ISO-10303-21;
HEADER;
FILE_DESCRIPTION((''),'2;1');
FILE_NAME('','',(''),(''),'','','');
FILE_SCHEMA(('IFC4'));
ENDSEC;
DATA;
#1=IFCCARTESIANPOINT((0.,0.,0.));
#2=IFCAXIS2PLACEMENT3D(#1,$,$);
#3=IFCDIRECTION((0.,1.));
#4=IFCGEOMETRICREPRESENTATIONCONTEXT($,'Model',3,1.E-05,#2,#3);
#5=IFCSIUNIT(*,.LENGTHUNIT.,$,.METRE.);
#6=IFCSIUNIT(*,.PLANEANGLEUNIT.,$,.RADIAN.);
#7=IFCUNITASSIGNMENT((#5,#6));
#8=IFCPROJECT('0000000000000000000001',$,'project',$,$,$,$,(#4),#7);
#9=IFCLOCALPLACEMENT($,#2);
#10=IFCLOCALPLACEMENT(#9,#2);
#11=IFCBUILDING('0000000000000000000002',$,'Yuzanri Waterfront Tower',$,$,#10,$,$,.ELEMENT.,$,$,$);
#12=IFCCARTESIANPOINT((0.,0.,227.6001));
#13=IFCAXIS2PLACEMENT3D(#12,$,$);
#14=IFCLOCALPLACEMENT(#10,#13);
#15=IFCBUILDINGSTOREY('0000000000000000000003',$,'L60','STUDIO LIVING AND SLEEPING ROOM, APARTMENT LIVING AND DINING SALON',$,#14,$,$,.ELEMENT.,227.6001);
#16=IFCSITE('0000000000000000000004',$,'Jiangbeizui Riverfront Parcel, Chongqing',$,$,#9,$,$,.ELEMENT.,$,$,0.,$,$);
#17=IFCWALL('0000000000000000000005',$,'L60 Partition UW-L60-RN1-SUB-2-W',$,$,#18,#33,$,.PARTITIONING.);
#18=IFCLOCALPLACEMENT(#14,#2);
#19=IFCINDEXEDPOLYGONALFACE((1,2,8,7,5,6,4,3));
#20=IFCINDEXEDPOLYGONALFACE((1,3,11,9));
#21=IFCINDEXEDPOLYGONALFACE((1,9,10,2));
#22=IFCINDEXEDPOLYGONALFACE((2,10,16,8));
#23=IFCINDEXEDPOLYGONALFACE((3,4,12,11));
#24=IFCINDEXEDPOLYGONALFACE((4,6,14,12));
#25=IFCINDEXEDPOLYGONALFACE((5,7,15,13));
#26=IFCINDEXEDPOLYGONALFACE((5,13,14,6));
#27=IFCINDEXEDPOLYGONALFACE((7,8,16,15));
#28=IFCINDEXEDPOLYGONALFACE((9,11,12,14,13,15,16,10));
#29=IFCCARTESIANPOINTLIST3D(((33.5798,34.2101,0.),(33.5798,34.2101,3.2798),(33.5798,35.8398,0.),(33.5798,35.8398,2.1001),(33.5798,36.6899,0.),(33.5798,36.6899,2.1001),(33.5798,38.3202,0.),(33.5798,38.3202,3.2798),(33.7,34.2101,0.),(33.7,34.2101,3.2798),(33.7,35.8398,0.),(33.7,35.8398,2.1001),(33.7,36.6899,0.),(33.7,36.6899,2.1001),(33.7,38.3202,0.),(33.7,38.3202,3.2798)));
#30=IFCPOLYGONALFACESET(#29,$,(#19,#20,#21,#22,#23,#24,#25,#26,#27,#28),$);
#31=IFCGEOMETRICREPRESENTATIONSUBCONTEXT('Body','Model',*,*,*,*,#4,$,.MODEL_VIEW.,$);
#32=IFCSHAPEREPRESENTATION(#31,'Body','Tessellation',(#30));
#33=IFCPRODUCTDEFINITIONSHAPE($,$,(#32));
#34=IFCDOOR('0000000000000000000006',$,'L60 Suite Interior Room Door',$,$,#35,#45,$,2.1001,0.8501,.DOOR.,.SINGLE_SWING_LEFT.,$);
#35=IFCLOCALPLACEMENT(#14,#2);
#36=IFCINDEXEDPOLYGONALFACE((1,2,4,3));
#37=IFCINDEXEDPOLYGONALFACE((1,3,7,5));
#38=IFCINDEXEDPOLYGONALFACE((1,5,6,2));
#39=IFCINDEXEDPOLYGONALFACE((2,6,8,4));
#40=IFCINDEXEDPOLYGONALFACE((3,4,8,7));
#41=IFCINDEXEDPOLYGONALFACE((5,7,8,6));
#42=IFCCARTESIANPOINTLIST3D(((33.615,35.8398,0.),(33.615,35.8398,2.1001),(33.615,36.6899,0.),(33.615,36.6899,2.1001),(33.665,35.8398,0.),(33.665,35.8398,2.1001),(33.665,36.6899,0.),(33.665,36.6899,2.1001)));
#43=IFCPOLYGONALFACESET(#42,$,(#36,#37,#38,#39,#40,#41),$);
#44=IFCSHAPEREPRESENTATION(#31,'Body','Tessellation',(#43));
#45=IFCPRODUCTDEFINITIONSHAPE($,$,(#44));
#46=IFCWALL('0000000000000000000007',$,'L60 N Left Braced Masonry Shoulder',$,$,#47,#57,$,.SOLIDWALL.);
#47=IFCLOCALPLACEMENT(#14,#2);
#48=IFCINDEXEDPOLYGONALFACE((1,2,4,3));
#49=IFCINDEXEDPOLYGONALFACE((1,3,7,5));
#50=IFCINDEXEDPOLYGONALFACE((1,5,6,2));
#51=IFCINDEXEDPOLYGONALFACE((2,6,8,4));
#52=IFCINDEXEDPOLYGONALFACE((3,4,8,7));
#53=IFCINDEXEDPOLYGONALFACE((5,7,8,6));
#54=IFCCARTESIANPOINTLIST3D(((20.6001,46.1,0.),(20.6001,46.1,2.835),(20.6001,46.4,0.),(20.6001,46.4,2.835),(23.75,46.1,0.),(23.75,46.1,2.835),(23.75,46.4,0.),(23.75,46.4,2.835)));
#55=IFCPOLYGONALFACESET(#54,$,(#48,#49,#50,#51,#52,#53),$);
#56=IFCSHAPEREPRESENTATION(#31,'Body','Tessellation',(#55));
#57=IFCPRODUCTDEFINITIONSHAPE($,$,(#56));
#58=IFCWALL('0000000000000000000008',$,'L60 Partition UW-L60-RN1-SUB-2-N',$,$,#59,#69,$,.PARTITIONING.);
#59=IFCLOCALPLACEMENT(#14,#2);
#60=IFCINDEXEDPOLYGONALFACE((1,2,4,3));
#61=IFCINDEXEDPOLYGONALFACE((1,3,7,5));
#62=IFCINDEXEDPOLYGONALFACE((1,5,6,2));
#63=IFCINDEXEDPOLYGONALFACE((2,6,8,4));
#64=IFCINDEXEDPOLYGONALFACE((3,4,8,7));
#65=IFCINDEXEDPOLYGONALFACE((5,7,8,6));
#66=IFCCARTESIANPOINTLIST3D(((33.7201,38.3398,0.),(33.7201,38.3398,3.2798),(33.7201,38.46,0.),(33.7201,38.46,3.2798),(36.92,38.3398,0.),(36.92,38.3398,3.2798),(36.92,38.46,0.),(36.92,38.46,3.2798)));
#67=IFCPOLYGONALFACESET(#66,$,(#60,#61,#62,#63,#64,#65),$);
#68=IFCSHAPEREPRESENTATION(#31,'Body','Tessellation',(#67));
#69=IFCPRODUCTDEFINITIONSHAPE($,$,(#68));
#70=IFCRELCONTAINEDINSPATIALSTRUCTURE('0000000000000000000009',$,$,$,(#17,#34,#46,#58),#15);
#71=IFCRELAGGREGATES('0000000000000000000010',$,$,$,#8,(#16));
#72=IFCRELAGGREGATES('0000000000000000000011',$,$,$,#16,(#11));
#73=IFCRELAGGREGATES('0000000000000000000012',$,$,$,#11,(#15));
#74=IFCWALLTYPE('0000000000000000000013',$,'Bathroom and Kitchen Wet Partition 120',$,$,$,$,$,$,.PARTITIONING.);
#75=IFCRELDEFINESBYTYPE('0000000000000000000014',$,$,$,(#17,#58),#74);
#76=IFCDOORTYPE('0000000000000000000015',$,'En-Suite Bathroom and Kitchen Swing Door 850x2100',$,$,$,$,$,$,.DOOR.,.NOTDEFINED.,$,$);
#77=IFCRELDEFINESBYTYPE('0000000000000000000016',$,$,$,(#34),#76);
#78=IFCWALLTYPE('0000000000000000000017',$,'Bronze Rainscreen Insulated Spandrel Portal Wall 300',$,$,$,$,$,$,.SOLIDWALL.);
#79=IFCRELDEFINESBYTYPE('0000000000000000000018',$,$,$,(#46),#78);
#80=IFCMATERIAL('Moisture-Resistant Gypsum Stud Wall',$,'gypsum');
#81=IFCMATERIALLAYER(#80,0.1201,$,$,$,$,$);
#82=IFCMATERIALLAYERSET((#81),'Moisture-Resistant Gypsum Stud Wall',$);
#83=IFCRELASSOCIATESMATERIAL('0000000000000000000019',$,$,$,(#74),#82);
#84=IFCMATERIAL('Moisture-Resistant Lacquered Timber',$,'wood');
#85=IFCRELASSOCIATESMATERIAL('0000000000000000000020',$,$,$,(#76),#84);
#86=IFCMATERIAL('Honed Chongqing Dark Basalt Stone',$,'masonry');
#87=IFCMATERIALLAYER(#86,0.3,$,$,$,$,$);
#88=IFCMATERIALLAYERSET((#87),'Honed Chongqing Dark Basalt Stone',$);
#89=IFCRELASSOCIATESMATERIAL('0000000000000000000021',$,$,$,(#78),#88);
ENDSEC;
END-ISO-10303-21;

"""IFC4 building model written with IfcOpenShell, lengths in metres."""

from ifc_helpers import new_model, si_unit, direction, frame, frame_2d, origin, place, context, subcontext, project, spatial, rectangle, extrude, source, transform, mapped, material, layer, layer_set, type_object, element, fill, save


model = new_model("IFC4")

# Units and contexts
model_context = context("Model", 3, precision=1e-05, world=origin(), true_north=direction((0.0, 1.0)))
body_context = subcontext(model_context, "Body", "Model", "MODEL_VIEW")
ifc_project = project(units=[si_unit("LENGTHUNIT", "METRE"), si_unit("PLANEANGLEUNIT", "RADIAN")], contexts=[model_context])

# Site, building, storey
site_placement = place(None, origin())
site = spatial("IfcSite", under=ifc_project, at=site_placement, Name="Jiangbeizui Riverfront Parcel, Chongqing", CompositionType="ELEMENT", RefElevation=0.0)
building_placement = place(site_placement, origin())
building = spatial("IfcBuilding", under=site, at=building_placement, Name="Yuzanri Waterfront Tower", CompositionType="ELEMENT")
storey_placement = place(building_placement, frame((0.0, 0.0, 227.6001)))
storey = spatial("IfcBuildingStorey", under=building, at=storey_placement, Name="L60", Description="STUDIO LIVING AND SLEEPING ROOM, APARTMENT LIVING AND DINING SALON", CompositionType="ELEMENT", Elevation=227.6001)

# Wall, opening, door
ifc_material_1 = material(Name="Moisture-Resistant Gypsum Stud Wall", Category="gypsum")
ifc_layer_1 = layer(ifc_material_1, 0.1201)
ifc_layer_set_1 = layer_set([ifc_layer_1], Name="Moisture-Resistant Gypsum Stud Wall")
wall_type_1 = type_object("IfcWallType", Name="Bathroom and Kitchen Wet Partition 120", PredefinedType="PARTITIONING", material=ifc_layer_set_1)
ifc_material_2 = material(Name="Moisture-Resistant Lacquered Timber", Category="wood")
door_type = type_object("IfcDoorType", Name="En-Suite Bathroom and Kitchen Swing Door 850x2100", OperationType="NOTDEFINED", PredefinedType="DOOR", material=ifc_material_2)
shared_shape_1 = source(origin(), body_context, "Body", "SweptSolid", [
    extrude(rectangle(XDim=0.8501, YDim=2.1001, at=frame_2d((0.425, 1.05))), frame((0.0, 0.0249, 0.0), z_axis=(0.0, -1.0, 0.0), x_axis=(1.0, 0.0, 0.0)), (0.0, 0.0, 1.0), 0.05),
])
wall_1_placement = place(storey_placement, frame((33.6399, 34.21, 0.0), z_axis=(0.0, 0.0, 1.0), x_axis=(0.0, 1.0, 0.0)))
wall_1 = element("IfcWall", 1, at=wall_1_placement, inside=storey, type_object=wall_type_1, Name="L60 Partition UW-L60-RN1-SUB-2-W", PredefinedType="PARTITIONING", context=body_context, shape_type="SweptSolid", body=[
    extrude(rectangle(XDim=4.1101, YDim=0.1201, at=frame_2d((2.0552, 0.0))), origin(), (0.0, 0.0, 1.0), 3.2798),
])
opening_1_placement = place(wall_1_placement, frame((1.6299, 0.0, 0.0)))
opening_1 = element("IfcOpeningElement", 2, at=opening_1_placement, cuts=wall_1, PredefinedType="OPENING", context=body_context, shape_type="SweptSolid", body=[
    extrude(rectangle(XDim=0.8501, YDim=2.1001, at=frame_2d((0.425, 1.05))), frame((0.0, 0.075, 0.0), z_axis=(0.0, -1.0, 0.0), x_axis=(1.0, 0.0, 0.0)), (0.0, 0.0, 1.0), 0.1499),
])
door_1_placement = place(opening_1_placement, origin())
door_1 = element("IfcDoor", 3, at=door_1_placement, inside=storey, type_object=door_type, Name="L60 Suite Interior Room Door", OperationType="SINGLE_SWING_LEFT", OverallHeight=2.1001, OverallWidth=0.8501, PredefinedType="DOOR", context=body_context, shape_type="MappedRepresentation", body=[
    mapped(shared_shape_1, transform((0.0, 0.0, 0.0), scale=1.0)),
])
fill(opening_1, door_1)

# Walls
ifc_material_3 = material(Name="Honed Chongqing Dark Basalt Stone", Category="masonry")
ifc_layer_2 = layer(ifc_material_3, 0.3)
ifc_layer_set_2 = layer_set([ifc_layer_2], Name="Honed Chongqing Dark Basalt Stone")
wall_type_2 = type_object("IfcWallType", Name="Bronze Rainscreen Insulated Spandrel Portal Wall 300", PredefinedType="SOLIDWALL", material=ifc_layer_set_2)
shared_shape_2 = source(origin(), body_context, "Body", "SweptSolid", [
    extrude(rectangle(XDim=3.1499, YDim=0.3, at=frame_2d((1.575, 0.0))), origin(), (0.0, 0.0, 1.0), 2.835),
])
wall_2_placement = place(storey_placement, frame((20.6001, 46.25, 0.0), z_axis=(0.0, 0.0, 1.0), x_axis=(1.0, 0.0, 0.0)))
element("IfcWall", 4, at=wall_2_placement, inside=storey, type_object=wall_type_2, Name="L60 N Left Braced Masonry Shoulder", PredefinedType="SOLIDWALL", context=body_context, shape_type="MappedRepresentation", body=[
    mapped(shared_shape_2, transform((0.0, 0.0, 0.0), scale=1.0)),
])
shared_shape_3 = source(origin(), body_context, "Body", "SweptSolid", [
    extrude(rectangle(XDim=3.2, YDim=0.1201, at=frame_2d((1.6001, 0.0))), origin(), (0.0, 0.0, 1.0), 3.2798),
])
wall_3_placement = place(storey_placement, frame((33.72, 38.3999, 0.0), z_axis=(0.0, 0.0, 1.0), x_axis=(1.0, 0.0, 0.0)))
element("IfcWall", 5, at=wall_3_placement, inside=storey, type_object=wall_type_1, Name="L60 Partition UW-L60-RN1-SUB-2-N", PredefinedType="PARTITIONING", context=body_context, shape_type="MappedRepresentation", body=[
    mapped(shared_shape_3, transform((0.0, 0.0, 0.0), scale=1.0)),
])

save(model, "model.ifc")
